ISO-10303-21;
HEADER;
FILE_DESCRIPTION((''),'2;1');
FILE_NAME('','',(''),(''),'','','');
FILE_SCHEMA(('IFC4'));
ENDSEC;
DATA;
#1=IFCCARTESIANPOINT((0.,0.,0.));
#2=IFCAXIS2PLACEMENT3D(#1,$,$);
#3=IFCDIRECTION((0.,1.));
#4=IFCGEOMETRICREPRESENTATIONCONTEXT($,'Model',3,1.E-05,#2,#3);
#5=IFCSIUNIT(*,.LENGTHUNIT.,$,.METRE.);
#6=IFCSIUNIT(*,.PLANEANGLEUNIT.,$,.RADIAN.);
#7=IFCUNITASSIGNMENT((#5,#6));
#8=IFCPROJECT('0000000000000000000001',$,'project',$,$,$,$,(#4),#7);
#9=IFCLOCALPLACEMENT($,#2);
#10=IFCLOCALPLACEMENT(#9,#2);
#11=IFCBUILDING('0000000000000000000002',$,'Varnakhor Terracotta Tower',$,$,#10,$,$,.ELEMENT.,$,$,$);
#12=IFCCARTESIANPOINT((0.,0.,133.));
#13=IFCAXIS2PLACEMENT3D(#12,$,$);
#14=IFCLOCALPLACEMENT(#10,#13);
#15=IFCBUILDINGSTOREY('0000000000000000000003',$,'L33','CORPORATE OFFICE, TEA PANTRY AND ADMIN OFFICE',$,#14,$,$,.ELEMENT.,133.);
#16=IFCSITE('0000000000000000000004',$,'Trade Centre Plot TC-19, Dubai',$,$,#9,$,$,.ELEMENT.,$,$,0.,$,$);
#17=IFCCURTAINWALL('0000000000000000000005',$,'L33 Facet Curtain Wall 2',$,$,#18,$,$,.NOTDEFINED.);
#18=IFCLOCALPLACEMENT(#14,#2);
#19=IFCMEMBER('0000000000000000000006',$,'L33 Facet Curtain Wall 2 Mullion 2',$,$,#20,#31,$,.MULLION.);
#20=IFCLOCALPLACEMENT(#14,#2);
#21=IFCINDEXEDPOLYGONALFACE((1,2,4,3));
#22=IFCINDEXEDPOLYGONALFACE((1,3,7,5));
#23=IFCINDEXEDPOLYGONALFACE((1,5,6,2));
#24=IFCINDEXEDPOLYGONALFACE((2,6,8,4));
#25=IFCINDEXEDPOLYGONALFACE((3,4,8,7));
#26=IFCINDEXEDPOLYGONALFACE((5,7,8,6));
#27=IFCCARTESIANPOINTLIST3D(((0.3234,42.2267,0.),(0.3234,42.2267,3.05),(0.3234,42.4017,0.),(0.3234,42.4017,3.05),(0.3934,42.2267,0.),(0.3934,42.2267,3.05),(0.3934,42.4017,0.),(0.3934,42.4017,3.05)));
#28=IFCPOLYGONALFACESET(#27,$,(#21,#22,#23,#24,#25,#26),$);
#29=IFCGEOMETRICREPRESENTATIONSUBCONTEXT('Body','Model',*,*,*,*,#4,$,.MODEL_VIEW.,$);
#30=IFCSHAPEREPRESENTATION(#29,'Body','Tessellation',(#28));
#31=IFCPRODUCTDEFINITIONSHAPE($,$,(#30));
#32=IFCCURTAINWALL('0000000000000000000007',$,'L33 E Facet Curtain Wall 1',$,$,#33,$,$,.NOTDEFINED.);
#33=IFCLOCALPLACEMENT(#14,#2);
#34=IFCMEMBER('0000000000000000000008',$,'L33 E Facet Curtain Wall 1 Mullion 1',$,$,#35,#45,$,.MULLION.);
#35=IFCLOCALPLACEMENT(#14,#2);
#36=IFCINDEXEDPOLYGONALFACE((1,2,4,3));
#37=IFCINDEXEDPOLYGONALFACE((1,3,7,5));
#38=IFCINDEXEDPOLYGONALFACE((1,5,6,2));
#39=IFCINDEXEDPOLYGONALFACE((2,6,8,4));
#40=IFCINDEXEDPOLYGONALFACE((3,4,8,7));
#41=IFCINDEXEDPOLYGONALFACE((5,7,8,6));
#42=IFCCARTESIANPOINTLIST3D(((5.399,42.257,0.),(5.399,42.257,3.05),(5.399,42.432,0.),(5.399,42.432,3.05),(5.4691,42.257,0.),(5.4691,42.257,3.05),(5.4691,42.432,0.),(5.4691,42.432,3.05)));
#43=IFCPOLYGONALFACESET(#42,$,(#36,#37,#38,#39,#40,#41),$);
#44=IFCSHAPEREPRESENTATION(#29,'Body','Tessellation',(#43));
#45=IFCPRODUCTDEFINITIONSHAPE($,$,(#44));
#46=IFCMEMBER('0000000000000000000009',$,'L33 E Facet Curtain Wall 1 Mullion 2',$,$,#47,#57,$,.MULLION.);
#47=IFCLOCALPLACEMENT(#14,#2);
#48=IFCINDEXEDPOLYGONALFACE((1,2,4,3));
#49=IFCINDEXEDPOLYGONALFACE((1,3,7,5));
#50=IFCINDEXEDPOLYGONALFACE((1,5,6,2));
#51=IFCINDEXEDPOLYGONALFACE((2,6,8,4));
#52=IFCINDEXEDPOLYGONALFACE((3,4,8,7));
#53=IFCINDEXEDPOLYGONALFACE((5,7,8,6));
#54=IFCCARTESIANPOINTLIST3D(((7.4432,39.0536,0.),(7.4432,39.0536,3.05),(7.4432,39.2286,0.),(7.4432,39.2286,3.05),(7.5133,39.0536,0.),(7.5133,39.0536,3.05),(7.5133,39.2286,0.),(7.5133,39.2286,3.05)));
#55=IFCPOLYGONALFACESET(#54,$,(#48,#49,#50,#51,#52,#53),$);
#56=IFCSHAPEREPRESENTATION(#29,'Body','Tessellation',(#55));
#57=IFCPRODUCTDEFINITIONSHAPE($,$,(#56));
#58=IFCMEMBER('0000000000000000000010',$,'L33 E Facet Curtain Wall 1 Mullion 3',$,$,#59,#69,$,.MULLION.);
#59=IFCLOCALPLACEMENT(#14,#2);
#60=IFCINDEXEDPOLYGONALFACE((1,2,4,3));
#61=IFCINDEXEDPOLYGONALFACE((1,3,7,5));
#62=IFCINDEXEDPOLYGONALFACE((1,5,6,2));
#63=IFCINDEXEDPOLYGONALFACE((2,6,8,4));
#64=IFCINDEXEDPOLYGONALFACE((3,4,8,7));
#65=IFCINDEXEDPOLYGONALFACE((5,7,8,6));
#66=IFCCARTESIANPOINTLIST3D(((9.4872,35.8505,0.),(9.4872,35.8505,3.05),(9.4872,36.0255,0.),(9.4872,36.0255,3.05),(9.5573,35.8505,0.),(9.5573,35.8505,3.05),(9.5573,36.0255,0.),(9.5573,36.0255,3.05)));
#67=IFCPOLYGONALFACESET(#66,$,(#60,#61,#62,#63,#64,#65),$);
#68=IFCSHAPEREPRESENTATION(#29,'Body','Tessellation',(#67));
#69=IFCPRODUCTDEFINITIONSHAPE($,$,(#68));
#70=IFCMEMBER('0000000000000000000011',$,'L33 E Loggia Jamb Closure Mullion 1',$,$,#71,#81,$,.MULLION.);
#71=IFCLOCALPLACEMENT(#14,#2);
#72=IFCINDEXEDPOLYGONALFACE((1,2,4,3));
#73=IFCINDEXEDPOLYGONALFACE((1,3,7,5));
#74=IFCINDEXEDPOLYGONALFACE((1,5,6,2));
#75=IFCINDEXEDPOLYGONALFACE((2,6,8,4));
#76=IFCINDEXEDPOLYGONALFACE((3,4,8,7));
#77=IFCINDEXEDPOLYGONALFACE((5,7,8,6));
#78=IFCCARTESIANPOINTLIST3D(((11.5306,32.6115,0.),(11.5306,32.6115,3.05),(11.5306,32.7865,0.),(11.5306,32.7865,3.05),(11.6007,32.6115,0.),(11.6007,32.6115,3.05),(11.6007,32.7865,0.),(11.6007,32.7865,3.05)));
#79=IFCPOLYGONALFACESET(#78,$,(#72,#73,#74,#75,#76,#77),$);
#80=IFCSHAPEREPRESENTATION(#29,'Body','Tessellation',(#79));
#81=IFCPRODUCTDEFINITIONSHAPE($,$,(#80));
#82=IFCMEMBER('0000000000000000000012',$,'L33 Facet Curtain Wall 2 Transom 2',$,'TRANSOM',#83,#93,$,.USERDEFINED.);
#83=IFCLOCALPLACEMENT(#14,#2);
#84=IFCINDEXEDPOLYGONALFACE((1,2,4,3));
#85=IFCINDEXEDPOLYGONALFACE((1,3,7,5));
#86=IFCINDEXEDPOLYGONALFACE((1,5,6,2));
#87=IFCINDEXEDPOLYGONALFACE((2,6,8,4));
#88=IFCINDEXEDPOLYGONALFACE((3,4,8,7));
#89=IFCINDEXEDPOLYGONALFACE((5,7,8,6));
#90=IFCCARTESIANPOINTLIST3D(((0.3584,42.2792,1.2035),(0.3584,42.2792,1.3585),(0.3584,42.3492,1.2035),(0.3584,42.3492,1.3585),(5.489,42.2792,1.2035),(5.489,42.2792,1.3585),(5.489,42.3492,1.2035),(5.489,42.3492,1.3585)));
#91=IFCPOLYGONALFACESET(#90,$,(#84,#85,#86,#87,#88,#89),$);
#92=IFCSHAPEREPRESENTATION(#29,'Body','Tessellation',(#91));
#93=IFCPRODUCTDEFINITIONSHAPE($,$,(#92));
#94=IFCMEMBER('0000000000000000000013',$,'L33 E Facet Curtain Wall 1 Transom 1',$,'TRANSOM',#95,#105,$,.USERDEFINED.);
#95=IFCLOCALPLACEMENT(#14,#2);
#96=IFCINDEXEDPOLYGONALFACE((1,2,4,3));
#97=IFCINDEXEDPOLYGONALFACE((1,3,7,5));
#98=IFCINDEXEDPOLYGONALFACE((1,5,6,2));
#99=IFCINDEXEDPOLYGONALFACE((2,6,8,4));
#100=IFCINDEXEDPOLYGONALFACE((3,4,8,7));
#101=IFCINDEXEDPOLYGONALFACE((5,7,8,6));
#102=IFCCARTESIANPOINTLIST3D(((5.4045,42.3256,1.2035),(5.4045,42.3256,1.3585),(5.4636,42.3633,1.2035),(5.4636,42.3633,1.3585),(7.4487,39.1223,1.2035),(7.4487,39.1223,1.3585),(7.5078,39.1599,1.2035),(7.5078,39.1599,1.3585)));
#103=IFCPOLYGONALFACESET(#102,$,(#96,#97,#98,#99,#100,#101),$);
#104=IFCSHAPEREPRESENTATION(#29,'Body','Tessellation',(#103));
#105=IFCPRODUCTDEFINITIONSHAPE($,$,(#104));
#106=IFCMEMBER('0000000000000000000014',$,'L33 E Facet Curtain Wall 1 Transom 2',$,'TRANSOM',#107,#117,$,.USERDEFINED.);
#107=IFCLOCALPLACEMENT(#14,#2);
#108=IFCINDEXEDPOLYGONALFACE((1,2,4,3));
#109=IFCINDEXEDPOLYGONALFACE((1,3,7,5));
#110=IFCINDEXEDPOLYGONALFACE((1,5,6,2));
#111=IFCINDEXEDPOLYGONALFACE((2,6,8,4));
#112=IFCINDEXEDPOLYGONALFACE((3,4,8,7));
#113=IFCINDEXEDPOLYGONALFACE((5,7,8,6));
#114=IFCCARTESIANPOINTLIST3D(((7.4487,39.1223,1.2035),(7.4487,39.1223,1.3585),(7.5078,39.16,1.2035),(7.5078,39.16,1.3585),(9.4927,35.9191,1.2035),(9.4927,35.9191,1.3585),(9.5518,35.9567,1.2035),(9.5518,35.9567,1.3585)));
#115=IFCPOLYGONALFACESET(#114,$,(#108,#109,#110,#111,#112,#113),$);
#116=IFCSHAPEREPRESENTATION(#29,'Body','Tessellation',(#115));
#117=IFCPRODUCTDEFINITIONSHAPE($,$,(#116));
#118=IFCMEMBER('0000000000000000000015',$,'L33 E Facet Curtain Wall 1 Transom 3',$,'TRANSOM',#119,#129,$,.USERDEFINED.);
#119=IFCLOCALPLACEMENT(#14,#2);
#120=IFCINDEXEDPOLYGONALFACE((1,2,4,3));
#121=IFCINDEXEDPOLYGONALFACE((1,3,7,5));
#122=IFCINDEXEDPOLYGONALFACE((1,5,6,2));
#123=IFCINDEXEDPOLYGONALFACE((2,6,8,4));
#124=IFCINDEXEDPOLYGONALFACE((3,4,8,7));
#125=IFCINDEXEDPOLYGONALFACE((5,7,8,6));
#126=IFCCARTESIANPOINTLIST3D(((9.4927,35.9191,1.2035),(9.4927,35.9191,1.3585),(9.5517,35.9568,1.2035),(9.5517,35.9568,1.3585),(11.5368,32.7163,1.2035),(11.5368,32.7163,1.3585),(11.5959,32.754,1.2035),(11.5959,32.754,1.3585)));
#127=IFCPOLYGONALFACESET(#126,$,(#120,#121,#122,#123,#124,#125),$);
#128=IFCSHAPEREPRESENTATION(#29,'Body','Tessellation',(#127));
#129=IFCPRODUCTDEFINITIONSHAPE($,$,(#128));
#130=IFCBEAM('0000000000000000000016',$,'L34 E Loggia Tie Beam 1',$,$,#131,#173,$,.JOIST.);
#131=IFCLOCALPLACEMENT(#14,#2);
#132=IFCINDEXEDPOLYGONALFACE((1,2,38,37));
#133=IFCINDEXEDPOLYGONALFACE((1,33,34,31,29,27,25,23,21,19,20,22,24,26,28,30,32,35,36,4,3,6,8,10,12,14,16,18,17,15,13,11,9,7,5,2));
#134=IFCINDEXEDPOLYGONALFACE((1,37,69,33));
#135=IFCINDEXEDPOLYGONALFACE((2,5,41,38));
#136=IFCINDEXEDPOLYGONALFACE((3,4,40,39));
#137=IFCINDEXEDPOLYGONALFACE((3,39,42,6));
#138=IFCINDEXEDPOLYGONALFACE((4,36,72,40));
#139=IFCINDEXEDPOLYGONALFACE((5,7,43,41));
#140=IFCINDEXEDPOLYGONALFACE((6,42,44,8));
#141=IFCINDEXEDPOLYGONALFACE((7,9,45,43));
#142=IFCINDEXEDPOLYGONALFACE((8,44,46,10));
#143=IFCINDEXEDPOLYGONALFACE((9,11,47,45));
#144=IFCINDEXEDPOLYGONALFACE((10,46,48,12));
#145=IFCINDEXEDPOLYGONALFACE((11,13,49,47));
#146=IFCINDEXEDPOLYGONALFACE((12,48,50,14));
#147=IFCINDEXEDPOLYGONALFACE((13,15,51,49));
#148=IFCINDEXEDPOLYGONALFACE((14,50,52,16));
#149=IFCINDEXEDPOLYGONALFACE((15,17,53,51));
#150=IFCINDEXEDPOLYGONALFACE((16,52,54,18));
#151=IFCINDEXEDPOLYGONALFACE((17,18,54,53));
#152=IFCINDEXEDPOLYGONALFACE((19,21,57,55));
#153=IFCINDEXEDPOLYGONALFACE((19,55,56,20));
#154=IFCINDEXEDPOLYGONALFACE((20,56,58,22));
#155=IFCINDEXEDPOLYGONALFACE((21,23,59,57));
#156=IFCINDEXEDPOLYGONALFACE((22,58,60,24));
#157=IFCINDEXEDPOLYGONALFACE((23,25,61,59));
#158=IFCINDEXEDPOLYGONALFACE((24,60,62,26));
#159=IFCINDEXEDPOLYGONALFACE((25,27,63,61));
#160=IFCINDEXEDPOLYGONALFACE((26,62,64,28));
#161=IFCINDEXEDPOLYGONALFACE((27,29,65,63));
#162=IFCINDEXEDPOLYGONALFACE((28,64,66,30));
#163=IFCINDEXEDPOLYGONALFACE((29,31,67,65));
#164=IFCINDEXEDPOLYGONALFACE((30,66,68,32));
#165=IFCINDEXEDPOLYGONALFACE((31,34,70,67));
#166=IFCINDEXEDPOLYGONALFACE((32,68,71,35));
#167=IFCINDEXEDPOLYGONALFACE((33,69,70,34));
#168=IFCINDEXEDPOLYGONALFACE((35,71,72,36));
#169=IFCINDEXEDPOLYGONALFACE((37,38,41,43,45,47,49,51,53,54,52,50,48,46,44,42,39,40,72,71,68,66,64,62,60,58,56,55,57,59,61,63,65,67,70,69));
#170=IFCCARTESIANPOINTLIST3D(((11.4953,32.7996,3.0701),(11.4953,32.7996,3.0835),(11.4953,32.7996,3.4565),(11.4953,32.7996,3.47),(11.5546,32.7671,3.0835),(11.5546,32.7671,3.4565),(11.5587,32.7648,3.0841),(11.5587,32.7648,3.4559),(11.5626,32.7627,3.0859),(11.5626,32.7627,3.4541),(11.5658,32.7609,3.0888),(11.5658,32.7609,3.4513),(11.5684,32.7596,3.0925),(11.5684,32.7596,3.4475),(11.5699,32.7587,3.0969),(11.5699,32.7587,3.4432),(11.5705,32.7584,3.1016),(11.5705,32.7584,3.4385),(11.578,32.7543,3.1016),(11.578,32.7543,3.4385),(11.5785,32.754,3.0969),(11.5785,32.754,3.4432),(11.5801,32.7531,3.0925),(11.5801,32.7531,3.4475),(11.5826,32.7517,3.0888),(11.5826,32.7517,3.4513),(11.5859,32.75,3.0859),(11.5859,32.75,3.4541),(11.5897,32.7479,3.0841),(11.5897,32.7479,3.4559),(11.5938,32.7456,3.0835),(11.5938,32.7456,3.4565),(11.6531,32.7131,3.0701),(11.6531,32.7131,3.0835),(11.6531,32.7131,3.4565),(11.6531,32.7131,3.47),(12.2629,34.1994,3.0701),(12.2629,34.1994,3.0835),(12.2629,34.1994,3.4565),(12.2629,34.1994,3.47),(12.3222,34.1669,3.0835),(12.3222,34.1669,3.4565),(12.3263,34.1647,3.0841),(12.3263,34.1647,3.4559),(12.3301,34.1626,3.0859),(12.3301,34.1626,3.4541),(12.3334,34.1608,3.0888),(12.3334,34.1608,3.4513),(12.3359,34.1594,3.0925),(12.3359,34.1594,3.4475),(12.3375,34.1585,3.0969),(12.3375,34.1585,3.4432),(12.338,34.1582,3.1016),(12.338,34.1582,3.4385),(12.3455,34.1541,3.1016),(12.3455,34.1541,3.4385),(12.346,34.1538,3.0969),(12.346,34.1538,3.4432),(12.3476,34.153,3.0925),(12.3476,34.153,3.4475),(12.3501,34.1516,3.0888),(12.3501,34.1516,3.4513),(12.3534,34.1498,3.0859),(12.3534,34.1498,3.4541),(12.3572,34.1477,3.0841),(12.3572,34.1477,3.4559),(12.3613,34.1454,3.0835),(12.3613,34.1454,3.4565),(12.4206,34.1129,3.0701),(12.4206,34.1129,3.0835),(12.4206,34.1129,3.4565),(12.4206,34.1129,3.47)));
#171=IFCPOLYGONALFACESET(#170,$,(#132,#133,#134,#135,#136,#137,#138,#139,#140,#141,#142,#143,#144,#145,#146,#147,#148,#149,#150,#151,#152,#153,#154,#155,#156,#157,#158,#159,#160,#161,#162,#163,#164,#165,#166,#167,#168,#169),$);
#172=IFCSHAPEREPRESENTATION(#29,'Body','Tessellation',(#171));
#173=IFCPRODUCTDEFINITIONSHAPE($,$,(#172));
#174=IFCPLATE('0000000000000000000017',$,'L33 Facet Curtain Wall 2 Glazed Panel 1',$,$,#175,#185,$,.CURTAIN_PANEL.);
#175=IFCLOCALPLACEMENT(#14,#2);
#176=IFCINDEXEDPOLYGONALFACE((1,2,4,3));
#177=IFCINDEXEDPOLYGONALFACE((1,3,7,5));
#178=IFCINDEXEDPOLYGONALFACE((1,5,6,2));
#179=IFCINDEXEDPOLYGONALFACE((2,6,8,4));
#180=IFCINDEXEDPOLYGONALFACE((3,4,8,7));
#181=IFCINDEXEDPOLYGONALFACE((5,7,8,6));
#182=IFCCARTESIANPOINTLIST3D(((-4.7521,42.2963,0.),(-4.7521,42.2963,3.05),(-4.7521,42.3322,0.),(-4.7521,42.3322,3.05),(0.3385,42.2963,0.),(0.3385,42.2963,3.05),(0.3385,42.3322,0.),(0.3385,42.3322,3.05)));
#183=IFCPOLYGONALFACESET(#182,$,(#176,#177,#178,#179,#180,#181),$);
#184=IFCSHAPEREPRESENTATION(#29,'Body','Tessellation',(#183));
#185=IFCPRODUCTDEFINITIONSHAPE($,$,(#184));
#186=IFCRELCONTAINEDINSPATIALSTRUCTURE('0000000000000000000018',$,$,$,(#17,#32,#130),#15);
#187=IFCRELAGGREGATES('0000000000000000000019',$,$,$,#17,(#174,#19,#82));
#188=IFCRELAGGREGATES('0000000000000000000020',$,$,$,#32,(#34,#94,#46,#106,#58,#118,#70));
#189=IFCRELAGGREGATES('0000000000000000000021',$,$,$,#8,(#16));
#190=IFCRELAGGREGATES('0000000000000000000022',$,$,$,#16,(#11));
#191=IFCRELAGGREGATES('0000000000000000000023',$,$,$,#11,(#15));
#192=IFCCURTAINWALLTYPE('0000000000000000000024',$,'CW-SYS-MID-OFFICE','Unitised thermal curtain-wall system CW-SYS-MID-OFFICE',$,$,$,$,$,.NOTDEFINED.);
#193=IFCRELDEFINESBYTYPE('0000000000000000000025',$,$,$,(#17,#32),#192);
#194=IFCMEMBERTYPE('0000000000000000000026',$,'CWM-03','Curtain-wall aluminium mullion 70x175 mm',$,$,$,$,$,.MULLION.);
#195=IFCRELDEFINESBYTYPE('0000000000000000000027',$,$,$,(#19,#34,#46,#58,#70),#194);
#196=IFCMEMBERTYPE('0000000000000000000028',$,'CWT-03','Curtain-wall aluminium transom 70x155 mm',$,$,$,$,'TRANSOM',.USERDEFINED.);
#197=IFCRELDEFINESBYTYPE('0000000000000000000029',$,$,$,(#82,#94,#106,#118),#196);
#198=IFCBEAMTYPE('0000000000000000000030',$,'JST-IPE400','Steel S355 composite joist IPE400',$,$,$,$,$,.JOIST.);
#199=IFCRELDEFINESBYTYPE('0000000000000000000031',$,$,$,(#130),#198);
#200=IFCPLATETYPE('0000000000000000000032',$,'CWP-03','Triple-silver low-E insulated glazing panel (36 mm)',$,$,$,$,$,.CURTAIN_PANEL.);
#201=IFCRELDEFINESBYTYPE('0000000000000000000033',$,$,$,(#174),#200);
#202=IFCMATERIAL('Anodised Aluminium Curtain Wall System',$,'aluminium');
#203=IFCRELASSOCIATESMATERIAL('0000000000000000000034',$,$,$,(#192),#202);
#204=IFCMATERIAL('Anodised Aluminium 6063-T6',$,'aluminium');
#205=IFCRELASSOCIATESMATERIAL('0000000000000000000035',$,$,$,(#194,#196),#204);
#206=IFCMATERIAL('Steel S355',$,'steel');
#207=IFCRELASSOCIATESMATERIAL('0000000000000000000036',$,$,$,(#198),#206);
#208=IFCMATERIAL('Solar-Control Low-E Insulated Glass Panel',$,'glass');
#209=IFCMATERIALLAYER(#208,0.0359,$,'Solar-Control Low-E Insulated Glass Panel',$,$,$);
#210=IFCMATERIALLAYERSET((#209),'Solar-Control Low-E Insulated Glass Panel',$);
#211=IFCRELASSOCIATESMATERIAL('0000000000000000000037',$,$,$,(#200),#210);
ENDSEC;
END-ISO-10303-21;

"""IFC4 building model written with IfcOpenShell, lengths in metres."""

from ifc_helpers import new_model, si_unit, direction, frame, origin, origin_2d, place, context, subcontext, project, spatial, rectangle, i_section, extrude, source, transform, mapped, material, layer, layer_set, material_profile, profile_set, type_object, element, aggregate, save


model = new_model("IFC4")

# Units and contexts
model_context = context("Model", 3, precision=1e-05, world=origin(), true_north=direction((0.0, 1.0)))
body_context = subcontext(model_context, "Body", "Model", "MODEL_VIEW")
ifc_project = project(units=[si_unit("LENGTHUNIT", "METRE"), si_unit("PLANEANGLEUNIT", "RADIAN")], contexts=[model_context])

# Site, building, storey
site_placement = place(None, origin())
site = spatial("IfcSite", under=ifc_project, at=site_placement, Name="Trade Centre Plot TC-19, Dubai", CompositionType="ELEMENT", RefElevation=0.0)
building_placement = place(site_placement, origin())
building = spatial("IfcBuilding", under=site, at=building_placement, Name="Varnakhor Terracotta Tower", CompositionType="ELEMENT")
storey_placement = place(building_placement, frame((0.0, 0.0, 133.0)))
storey = spatial("IfcBuildingStorey", under=building, at=storey_placement, Name="L33", Description="CORPORATE OFFICE, TEA PANTRY AND ADMIN OFFICE", CompositionType="ELEMENT", Elevation=133.0)

# Shared definitions
ifc_material_1 = material(Name="Steel S355", Category="steel")

# Curtain wall, member
ifc_material_2 = material(Name="Anodised Aluminium Curtain Wall System", Category="aluminium")
curtain_wall_type = type_object("IfcCurtainWallType", Name="CW-SYS-MID-OFFICE", Description="Unitised thermal curtain-wall system CW-SYS-MID-OFFICE", PredefinedType="NOTDEFINED", material=ifc_material_2)
curtain_wall_1_placement = place(storey_placement, origin())
curtain_wall_1 = element("IfcCurtainWall", 1, at=curtain_wall_1_placement, inside=storey, type_object=curtain_wall_type, Name="L33 Facet Curtain Wall 2", PredefinedType="NOTDEFINED")
ifc_material_3 = material(Name="Anodised Aluminium 6063-T6", Category="aluminium")
ifc_material_profile_1 = material_profile(ifc_material_3, rectangle(XDim=0.0701, YDim=0.175, at=origin_2d()), Name="ALU MULLION 70x175")
ifc_profile_set_1 = profile_set([ifc_material_profile_1], Name="Anodised Aluminium 6063-T6")
member_type_1 = type_object("IfcMemberType", Name="CWM-03", Description="Curtain-wall aluminium mullion 70x175 mm", PredefinedType="MULLION", material=ifc_profile_set_1)
shared_shape_1 = source(origin(), body_context, "Body", "SweptSolid", [
    extrude(rectangle(XDim=0.0701, YDim=0.175, at=origin_2d()), origin(), (0.0, 0.0, 1.0), 3.05),
])
member_1_placement = place(storey_placement, frame((0.3584, 42.3142, 0.0), z_axis=(0.0, 0.0, 1.0), x_axis=(1.0, 0.0, 0.0)))
member_1 = element("IfcMember", 2, at=member_1_placement, type_object=member_type_1, Name="L33 Facet Curtain Wall 2 Mullion 2", PredefinedType="MULLION", context=body_context, shape_type="MappedRepresentation", body=[
    mapped(shared_shape_1, transform((0.0, 0.0, 0.0), scale=1.0)),
])

# Curtain wall, members
curtain_wall_2_placement = place(storey_placement, origin())
curtain_wall_2 = element("IfcCurtainWall", 3, at=curtain_wall_2_placement, inside=storey, type_object=curtain_wall_type, Name="L33 E Facet Curtain Wall 1", PredefinedType="NOTDEFINED")
member_2_placement = place(storey_placement, frame((5.4341, 42.3445, 0.0), z_axis=(0.0, 0.0, 1.0), x_axis=(1.0, 0.0, 0.0)))
member_2 = element("IfcMember", 4, at=member_2_placement, type_object=member_type_1, Name="L33 E Facet Curtain Wall 1 Mullion 1", PredefinedType="MULLION", context=body_context, shape_type="MappedRepresentation", body=[
    mapped(shared_shape_1, transform((0.0, 0.0, 0.0), scale=1.0)),
])
member_3_placement = place(storey_placement, frame((7.4783, 39.1411, 0.0), z_axis=(0.0, 0.0, 1.0), x_axis=(1.0, 0.0, 0.0)))
member_3 = element("IfcMember", 5, at=member_3_placement, type_object=member_type_1, Name="L33 E Facet Curtain Wall 1 Mullion 2", PredefinedType="MULLION", context=body_context, shape_type="MappedRepresentation", body=[
    mapped(shared_shape_1, transform((0.0, 0.0, 0.0), scale=1.0)),
])
member_4_placement = place(storey_placement, frame((9.5222, 35.938, 0.0), z_axis=(0.0, 0.0, 1.0), x_axis=(1.0, 0.0, 0.0)))
member_4 = element("IfcMember", 6, at=member_4_placement, type_object=member_type_1, Name="L33 E Facet Curtain Wall 1 Mullion 3", PredefinedType="MULLION", context=body_context, shape_type="MappedRepresentation", body=[
    mapped(shared_shape_1, transform((0.0, 0.0, 0.0), scale=1.0)),
])
member_5_placement = place(storey_placement, frame((11.5657, 32.699, 0.0), z_axis=(0.0, 0.0, 1.0), x_axis=(1.0, 0.0, 0.0)))
member_5 = element("IfcMember", 7, at=member_5_placement, type_object=member_type_1, Name="L33 E Loggia Jamb Closure Mullion 1", PredefinedType="MULLION", context=body_context, shape_type="MappedRepresentation", body=[
    mapped(shared_shape_1, transform((0.0, 0.0, 0.0), scale=1.0)),
])

# Members
ifc_material_profile_2 = material_profile(ifc_material_3, rectangle(XDim=0.0701, YDim=0.155, at=origin_2d()), Name="ALU TRANSOM 70x155")
ifc_profile_set_2 = profile_set([ifc_material_profile_2], Name="Anodised Aluminium 6063-T6")
member_type_2 = type_object("IfcMemberType", Name="CWT-03", Description="Curtain-wall aluminium transom 70x155 mm", ElementType="TRANSOM", PredefinedType="USERDEFINED", material=ifc_profile_set_2)
shared_shape_2 = source(origin(), body_context, "Body", "SweptSolid", [
    extrude(rectangle(XDim=0.0701, YDim=0.155, at=origin_2d()), origin(), (0.0, 0.0, 1.0), 5.1306),
])
member_6_placement = place(storey_placement, frame((0.3584, 42.3142, 1.281), z_axis=(1.0, 0.0, 0.0), x_axis=(0.0, 1.0, 0.0)))
member_6 = element("IfcMember", 8, at=member_6_placement, type_object=member_type_2, Name="L33 Facet Curtain Wall 2 Transom 2", ObjectType="TRANSOM", PredefinedType="USERDEFINED", context=body_context, shape_type="MappedRepresentation", body=[
    mapped(shared_shape_2, transform((0.0, 0.0, 0.0), scale=1.0)),
])
shared_shape_3 = source(origin(), body_context, "Body", "SweptSolid", [
    extrude(rectangle(XDim=0.0701, YDim=0.155, at=origin_2d()), origin(), (0.0, 0.0, 1.0), 3.8),
])
member_7_placement = place(storey_placement, frame((5.4341, 42.3445, 1.281), z_axis=(0.537939, -0.842984, 0.0), x_axis=(0.842984, 0.537939, 0.0)))
member_7 = element("IfcMember", 9, at=member_7_placement, type_object=member_type_2, Name="L33 E Facet Curtain Wall 1 Transom 1", ObjectType="TRANSOM", PredefinedType="USERDEFINED", context=body_context, shape_type="MappedRepresentation", body=[
    mapped(shared_shape_3, transform((0.0, 0.0, 0.0), scale=1.0)),
])
shared_shape_4 = source(origin(), body_context, "Body", "SweptSolid", [
    extrude(rectangle(XDim=0.0701, YDim=0.155, at=origin_2d()), origin(), (0.0, 0.0, 1.0), 3.7998),
])
member_8_placement = place(storey_placement, frame((7.4783, 39.1411, 1.281), z_axis=(0.537923, -0.842994, 0.0), x_axis=(0.842994, 0.537923, 0.0)))
member_8 = element("IfcMember", 10, at=member_8_placement, type_object=member_type_2, Name="L33 E Facet Curtain Wall 1 Transom 2", ObjectType="TRANSOM", PredefinedType="USERDEFINED", context=body_context, shape_type="MappedRepresentation", body=[
    mapped(shared_shape_4, transform((0.0, 0.0, 0.0), scale=1.0)),
])
shared_shape_5 = source(origin(), body_context, "Body", "SweptSolid", [
    extrude(rectangle(XDim=0.0701, YDim=0.155, at=origin_2d()), origin(), (0.0, 0.0, 1.0), 3.7996),
])
member_9_placement = place(storey_placement, frame((9.5222, 35.938, 1.281), z_axis=(0.537998, -0.842946, 0.0), x_axis=(0.842946, 0.537998, 0.0)))
member_9 = element("IfcMember", 11, at=member_9_placement, type_object=member_type_2, Name="L33 E Facet Curtain Wall 1 Transom 3", ObjectType="TRANSOM", PredefinedType="USERDEFINED", context=body_context, shape_type="MappedRepresentation", body=[
    mapped(shared_shape_5, transform((0.0, 0.0, 0.0), scale=1.0)),
])

# Beam
ifc_material_profile_3 = material_profile(ifc_material_1, i_section(OverallWidth=0.1799, OverallDepth=0.3999, WebThickness=0.0085, FlangeThickness=0.0134, FilletRadius=0.0181, at=origin_2d()), Name="IPE400")
ifc_profile_set_3 = profile_set([ifc_material_profile_3], Name="Steel S355")
beam_type_1 = type_object("IfcBeamType", Name="JST-IPE400", Description="Steel S355 composite joist IPE400", PredefinedType="JOIST", material=ifc_profile_set_3)
shared_shape_6 = source(origin(), body_context, "Body", "SweptSolid", [
    extrude(i_section(OverallWidth=0.1799, OverallDepth=0.3999, WebThickness=0.0085, FlangeThickness=0.0134, FilletRadius=0.0181, at=origin_2d()), origin(), (0.0, 0.0, 1.0), 1.5964),
])
beam_1_placement = place(storey_placement, frame((11.5742, 32.7563, 3.27), z_axis=(0.48078, 0.876842, 0.0), x_axis=(-0.876842, 0.48078, 0.0)))
element("IfcBeam", 12, at=beam_1_placement, inside=storey, type_object=beam_type_1, Name="L34 E Loggia Tie Beam 1", PredefinedType="JOIST", context=body_context, shape_type="MappedRepresentation", body=[
    mapped(shared_shape_6, transform((0.0, 0.0, 0.0), scale=1.0)),
])

# Plate
ifc_material_4 = material(Name="Solar-Control Low-E Insulated Glass Panel", Category="glass")
ifc_layer_1 = layer(ifc_material_4, 0.0359, Name="Solar-Control Low-E Insulated Glass Panel")
ifc_layer_set_1 = layer_set([ifc_layer_1], Name="Solar-Control Low-E Insulated Glass Panel")
plate_type = type_object("IfcPlateType", Name="CWP-03", Description="Triple-silver low-E insulated glazing panel (36 mm)", PredefinedType="CURTAIN_PANEL", material=ifc_layer_set_1)
shared_shape_7 = source(origin(), body_context, "Body", "SweptSolid", [
    extrude(rectangle(XDim=5.0906, YDim=0.0359, at=origin_2d()), origin(), (0.0, 0.0, 1.0), 3.05),
])
plate_1_placement = place(storey_placement, frame((-2.2068, 42.3142, 0.0), z_axis=(0.0, 0.0, 1.0), x_axis=(1.0, 0.0, 0.0)))
plate_1 = element("IfcPlate", 13, at=plate_1_placement, type_object=plate_type, Name="L33 Facet Curtain Wall 2 Glazed Panel 1", PredefinedType="CURTAIN_PANEL", context=body_context, shape_type="MappedRepresentation", body=[
    mapped(shared_shape_7, transform((0.0, 0.0, 0.0), scale=1.0)),
])
aggregate(curtain_wall_1, [plate_1, member_1, member_6])
aggregate(curtain_wall_2, [member_2, member_7, member_3, member_8, member_4, member_9, member_5])

save(model, "model.ifc")
